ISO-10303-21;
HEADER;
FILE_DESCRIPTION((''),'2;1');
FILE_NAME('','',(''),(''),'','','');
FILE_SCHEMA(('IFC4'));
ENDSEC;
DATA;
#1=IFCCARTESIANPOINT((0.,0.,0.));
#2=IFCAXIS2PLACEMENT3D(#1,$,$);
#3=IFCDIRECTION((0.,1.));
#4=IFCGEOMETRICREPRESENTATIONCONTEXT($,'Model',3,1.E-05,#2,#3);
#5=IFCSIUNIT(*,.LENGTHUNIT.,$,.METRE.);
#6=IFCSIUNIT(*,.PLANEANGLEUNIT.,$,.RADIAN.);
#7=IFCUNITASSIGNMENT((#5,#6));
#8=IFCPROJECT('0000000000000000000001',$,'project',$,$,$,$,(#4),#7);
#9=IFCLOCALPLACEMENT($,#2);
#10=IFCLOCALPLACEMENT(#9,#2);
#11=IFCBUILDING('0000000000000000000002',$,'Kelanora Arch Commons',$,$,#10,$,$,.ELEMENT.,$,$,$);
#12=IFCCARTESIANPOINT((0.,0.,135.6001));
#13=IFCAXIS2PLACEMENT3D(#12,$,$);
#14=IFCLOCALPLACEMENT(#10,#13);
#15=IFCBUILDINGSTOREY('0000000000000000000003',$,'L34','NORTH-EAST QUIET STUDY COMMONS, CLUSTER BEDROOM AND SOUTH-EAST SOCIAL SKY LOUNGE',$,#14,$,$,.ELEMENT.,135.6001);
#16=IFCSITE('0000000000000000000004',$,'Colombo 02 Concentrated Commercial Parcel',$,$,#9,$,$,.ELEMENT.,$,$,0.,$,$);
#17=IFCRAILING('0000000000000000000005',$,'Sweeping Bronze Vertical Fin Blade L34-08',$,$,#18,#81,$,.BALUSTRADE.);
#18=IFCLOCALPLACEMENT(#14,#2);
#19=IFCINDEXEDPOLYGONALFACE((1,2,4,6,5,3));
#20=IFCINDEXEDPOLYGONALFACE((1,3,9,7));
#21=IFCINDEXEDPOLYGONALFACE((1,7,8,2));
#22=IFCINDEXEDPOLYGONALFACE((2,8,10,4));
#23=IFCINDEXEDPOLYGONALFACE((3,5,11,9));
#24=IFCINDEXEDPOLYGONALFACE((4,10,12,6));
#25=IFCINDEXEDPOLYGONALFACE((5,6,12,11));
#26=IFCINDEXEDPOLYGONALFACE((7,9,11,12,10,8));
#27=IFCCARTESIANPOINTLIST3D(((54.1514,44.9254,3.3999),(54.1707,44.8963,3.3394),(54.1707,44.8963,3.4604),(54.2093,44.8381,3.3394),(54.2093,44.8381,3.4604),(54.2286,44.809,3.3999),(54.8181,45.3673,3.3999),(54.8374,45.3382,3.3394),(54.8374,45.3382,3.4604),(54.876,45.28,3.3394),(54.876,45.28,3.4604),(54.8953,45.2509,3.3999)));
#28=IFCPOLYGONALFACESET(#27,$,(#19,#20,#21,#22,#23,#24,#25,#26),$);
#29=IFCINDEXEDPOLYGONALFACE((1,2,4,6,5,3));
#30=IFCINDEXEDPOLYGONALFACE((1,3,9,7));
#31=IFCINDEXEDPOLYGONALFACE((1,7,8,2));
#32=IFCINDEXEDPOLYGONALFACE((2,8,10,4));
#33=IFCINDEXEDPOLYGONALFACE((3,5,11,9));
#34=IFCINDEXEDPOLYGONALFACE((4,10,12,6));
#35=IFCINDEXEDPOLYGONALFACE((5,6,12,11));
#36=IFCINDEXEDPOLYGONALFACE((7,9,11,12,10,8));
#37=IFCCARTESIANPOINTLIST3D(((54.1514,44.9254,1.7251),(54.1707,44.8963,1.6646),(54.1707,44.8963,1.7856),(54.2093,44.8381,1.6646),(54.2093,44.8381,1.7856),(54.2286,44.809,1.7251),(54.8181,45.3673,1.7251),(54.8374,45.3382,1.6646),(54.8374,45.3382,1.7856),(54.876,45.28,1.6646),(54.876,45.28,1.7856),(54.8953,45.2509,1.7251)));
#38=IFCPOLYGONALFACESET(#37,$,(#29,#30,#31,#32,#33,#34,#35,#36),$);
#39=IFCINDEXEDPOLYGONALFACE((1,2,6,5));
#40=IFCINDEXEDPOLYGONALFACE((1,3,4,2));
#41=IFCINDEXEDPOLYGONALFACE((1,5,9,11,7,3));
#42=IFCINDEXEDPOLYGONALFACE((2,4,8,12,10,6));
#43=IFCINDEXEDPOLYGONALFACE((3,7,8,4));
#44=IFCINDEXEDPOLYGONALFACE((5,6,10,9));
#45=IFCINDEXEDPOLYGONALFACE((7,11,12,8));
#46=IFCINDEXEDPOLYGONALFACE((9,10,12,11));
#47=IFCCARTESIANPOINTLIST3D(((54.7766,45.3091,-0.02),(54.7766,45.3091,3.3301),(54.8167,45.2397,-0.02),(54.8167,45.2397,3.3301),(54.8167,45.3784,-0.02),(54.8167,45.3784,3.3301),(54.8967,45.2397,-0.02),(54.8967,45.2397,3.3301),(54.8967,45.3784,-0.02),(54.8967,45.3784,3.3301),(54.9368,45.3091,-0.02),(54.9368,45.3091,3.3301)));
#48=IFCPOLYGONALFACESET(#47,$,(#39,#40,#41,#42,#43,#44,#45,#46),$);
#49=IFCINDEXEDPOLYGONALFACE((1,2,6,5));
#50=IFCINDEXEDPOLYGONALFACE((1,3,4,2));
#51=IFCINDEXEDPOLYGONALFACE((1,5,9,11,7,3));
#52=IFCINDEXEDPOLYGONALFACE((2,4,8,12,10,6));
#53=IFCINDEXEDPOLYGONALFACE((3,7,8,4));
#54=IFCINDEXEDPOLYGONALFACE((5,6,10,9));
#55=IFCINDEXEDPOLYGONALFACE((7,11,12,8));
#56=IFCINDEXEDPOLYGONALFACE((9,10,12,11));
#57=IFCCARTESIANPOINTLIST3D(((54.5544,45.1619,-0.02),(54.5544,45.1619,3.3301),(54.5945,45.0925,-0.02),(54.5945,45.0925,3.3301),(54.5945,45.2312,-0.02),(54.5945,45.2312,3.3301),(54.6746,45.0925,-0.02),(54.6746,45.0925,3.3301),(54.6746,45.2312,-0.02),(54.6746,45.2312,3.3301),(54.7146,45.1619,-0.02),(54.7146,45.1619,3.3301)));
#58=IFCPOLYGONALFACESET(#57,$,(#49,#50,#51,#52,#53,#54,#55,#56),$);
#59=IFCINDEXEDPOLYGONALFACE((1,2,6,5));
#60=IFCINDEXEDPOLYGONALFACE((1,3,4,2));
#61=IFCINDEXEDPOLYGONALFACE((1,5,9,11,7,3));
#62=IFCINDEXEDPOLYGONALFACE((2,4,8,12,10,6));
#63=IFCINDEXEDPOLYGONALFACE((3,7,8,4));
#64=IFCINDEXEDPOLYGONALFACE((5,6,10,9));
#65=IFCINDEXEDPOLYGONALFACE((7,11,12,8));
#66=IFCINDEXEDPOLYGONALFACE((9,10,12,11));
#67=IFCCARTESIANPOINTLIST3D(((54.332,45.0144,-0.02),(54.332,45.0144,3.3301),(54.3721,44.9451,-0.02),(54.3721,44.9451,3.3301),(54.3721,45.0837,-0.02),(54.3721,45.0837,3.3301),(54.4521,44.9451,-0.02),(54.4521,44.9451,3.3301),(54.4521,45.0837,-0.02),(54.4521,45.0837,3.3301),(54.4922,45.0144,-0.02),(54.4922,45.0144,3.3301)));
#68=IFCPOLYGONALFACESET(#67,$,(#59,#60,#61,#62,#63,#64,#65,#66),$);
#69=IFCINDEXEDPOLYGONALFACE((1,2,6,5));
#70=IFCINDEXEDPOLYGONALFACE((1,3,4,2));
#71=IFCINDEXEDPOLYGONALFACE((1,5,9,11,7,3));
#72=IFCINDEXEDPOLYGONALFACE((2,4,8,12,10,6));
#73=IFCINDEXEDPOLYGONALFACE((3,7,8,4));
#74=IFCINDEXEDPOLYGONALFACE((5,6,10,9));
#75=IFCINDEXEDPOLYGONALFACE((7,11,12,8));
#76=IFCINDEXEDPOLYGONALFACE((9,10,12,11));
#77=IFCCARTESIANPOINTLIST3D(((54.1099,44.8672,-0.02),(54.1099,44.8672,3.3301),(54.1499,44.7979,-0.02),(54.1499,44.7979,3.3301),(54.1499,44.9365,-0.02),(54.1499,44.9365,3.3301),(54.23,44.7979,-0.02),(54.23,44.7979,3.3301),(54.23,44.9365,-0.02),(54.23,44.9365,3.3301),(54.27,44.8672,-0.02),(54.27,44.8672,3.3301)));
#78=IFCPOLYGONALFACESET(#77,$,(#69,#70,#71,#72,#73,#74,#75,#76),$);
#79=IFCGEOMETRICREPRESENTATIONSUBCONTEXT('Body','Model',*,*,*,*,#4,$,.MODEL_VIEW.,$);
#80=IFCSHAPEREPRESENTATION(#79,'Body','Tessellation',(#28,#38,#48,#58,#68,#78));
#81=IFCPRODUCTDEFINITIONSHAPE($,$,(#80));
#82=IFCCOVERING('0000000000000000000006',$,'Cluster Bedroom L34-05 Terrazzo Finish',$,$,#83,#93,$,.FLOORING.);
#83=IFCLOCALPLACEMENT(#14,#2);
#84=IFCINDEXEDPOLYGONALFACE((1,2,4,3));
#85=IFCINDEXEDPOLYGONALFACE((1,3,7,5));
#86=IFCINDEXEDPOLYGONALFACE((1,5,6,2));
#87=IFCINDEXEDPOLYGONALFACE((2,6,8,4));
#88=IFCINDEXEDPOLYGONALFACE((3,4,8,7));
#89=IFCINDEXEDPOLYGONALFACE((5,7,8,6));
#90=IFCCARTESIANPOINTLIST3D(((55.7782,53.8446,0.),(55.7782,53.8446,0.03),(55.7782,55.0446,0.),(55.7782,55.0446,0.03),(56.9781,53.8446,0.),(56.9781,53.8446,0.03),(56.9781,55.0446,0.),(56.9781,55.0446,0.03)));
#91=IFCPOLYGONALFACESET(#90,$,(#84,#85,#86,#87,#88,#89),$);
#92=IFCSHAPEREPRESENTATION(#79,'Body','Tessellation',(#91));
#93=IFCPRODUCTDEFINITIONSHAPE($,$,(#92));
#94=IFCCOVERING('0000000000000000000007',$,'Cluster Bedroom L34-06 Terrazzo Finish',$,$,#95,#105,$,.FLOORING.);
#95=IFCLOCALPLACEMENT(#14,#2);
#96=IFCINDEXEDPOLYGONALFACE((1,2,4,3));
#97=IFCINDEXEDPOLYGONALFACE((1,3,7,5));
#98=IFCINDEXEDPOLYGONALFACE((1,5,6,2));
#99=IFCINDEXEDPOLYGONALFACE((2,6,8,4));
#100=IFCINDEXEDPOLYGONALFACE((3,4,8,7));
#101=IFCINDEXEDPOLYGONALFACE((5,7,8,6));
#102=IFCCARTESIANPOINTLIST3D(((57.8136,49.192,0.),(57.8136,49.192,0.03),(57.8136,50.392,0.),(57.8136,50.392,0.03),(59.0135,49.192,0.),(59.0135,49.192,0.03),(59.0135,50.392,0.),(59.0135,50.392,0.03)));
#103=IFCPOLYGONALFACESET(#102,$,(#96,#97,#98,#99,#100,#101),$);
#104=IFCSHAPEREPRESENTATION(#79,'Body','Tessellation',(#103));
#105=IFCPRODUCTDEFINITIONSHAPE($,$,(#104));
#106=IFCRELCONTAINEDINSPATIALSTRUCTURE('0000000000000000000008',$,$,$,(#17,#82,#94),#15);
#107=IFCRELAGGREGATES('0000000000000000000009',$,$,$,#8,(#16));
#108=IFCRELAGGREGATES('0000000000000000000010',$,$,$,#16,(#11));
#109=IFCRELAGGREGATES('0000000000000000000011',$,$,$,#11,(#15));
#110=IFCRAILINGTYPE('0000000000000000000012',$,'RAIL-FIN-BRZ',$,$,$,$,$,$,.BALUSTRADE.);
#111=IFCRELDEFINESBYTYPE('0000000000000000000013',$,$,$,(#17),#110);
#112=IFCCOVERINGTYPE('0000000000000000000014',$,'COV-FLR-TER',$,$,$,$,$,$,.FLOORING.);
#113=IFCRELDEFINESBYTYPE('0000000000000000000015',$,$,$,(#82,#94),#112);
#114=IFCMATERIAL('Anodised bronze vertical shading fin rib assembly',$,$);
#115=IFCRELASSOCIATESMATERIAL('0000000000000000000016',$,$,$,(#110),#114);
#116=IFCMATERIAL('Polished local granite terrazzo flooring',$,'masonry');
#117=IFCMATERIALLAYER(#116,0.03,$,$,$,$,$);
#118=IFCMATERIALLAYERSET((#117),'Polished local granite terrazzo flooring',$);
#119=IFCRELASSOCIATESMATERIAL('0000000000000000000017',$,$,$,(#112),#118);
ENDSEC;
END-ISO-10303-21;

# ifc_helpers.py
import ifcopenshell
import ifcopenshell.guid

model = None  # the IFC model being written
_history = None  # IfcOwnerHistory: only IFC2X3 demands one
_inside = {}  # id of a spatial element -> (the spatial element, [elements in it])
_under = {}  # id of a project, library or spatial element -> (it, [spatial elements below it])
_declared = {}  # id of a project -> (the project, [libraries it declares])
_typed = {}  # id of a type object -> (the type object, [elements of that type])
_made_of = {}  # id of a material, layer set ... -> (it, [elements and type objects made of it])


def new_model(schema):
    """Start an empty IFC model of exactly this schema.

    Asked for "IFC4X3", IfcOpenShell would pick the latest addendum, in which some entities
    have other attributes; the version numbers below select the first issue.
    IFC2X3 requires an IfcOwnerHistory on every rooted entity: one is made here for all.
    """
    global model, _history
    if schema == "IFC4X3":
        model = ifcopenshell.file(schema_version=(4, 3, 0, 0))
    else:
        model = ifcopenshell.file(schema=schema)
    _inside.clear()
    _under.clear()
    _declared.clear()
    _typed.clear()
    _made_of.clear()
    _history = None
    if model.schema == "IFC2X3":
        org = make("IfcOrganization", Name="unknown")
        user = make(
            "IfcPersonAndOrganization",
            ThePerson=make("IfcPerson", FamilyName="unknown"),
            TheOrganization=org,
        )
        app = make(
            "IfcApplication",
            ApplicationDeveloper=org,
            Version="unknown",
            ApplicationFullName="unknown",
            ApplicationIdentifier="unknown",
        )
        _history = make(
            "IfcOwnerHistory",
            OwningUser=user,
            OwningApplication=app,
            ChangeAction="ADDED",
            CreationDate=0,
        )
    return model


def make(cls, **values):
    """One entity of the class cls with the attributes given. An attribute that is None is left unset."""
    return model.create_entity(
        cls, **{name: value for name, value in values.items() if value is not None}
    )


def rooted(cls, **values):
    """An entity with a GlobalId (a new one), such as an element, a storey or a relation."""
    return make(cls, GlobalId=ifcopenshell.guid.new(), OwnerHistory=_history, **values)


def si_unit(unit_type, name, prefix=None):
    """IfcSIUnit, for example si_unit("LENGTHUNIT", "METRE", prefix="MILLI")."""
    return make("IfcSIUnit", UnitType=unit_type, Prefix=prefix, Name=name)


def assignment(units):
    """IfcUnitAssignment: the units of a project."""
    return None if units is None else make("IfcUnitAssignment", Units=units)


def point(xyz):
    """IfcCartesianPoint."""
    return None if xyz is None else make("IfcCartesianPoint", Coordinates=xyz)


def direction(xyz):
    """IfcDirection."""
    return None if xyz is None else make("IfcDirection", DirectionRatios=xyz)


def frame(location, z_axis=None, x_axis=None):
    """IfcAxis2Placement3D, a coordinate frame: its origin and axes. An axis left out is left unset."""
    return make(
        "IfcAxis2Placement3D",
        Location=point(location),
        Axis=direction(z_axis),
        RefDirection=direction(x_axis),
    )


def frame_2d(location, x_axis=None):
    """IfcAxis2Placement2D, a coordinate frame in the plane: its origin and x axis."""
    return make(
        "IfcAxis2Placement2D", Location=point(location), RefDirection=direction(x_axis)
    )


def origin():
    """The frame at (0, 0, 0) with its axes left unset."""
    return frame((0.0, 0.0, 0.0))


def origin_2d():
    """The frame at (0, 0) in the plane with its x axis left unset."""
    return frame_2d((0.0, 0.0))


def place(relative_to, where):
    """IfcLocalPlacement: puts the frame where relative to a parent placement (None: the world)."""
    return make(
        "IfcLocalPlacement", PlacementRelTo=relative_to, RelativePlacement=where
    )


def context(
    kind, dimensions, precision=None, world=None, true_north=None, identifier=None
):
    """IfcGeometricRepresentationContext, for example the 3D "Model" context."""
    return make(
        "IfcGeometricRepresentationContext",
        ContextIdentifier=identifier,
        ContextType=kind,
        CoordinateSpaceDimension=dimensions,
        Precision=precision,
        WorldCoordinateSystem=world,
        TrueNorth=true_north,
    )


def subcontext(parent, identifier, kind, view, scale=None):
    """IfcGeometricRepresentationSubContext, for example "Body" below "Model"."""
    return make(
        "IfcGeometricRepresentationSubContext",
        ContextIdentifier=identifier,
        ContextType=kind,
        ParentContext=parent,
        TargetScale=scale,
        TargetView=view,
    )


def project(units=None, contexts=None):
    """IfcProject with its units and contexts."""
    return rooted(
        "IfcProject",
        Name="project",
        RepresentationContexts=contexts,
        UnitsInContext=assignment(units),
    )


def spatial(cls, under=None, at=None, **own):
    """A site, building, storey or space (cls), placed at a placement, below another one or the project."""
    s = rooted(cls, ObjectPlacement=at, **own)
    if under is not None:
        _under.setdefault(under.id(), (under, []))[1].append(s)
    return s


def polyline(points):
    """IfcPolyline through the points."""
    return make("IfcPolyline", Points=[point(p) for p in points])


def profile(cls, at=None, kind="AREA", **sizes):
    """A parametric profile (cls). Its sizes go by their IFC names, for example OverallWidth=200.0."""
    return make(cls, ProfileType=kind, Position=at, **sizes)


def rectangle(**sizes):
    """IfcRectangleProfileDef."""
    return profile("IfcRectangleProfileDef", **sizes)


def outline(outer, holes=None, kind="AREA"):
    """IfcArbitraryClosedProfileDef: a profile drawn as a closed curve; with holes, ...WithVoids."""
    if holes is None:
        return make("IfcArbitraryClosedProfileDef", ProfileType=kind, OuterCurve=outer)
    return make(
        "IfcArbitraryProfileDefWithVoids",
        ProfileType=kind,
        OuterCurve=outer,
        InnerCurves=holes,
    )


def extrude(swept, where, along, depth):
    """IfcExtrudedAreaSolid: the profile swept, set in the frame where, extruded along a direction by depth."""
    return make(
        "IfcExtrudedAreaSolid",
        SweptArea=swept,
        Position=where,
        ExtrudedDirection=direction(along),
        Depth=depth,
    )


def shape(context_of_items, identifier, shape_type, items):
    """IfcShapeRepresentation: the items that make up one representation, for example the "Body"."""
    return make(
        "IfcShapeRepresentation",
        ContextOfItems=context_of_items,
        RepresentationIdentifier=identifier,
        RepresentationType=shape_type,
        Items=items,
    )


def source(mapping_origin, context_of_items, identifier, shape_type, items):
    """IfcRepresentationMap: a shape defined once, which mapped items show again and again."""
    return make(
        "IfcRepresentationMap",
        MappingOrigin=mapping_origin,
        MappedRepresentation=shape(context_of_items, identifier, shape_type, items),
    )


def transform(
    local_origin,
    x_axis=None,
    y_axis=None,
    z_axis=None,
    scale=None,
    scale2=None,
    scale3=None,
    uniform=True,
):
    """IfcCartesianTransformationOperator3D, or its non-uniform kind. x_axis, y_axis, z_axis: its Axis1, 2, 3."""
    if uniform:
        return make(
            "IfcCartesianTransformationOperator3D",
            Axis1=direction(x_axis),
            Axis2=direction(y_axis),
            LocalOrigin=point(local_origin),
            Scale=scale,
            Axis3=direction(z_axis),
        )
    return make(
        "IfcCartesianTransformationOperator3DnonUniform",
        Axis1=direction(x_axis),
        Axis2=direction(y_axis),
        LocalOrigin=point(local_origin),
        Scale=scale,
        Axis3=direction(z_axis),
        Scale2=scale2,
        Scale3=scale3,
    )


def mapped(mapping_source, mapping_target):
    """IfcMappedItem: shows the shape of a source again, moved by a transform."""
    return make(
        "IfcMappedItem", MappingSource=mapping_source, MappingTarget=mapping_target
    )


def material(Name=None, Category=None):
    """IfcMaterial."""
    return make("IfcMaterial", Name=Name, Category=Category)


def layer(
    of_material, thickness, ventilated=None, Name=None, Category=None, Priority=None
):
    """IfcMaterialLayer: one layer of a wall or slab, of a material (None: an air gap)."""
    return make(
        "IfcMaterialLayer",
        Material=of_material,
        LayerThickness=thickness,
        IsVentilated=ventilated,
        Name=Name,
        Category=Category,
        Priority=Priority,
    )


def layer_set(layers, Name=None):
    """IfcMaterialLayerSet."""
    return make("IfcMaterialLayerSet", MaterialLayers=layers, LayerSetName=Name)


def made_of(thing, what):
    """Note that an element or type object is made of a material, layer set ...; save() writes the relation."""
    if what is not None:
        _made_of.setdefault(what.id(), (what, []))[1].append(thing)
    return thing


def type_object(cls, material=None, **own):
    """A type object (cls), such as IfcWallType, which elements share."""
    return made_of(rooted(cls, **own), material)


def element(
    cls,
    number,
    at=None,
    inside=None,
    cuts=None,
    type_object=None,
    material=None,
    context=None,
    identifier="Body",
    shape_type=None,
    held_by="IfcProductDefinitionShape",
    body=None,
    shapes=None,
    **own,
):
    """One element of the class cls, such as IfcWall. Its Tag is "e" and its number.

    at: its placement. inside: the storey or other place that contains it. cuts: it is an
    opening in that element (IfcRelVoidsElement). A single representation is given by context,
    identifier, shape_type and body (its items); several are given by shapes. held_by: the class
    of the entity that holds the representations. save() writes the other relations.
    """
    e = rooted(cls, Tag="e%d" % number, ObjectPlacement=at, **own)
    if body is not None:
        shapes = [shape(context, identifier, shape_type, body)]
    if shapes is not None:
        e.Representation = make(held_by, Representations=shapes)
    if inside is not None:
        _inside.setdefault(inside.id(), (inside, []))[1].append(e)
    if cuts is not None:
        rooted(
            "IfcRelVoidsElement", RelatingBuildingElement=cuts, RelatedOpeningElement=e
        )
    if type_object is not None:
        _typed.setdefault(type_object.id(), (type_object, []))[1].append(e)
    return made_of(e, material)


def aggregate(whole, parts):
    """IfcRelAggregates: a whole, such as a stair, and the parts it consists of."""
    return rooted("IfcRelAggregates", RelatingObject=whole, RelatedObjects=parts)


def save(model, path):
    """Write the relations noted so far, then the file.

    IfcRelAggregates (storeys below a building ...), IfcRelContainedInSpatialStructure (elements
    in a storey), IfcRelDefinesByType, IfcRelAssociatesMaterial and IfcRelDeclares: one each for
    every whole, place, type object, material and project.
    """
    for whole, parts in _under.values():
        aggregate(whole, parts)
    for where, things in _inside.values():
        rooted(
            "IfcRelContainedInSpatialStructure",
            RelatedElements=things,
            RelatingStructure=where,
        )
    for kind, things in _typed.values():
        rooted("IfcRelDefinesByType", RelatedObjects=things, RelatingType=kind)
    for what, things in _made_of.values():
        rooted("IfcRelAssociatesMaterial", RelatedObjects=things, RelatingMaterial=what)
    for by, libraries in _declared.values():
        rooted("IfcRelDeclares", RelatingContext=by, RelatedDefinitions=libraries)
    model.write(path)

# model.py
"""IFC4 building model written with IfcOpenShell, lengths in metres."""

from ifc_helpers import new_model, si_unit, direction, frame, origin, origin_2d, place, context, subcontext, project, spatial, polyline, rectangle, outline, extrude, source, transform, mapped, material, layer, layer_set, type_object, element, save


model = new_model("IFC4")

# Units and contexts
model_context = context("Model", 3, precision=1e-05, world=origin(), true_north=direction((0.0, 1.0)))
body_context = subcontext(model_context, "Body", "Model", "MODEL_VIEW")
ifc_project = project(units=[si_unit("LENGTHUNIT", "METRE"), si_unit("PLANEANGLEUNIT", "RADIAN")], contexts=[model_context])

# Site, building, storey
site_placement = place(None, origin())
site = spatial("IfcSite", under=ifc_project, at=site_placement, Name="Colombo 02 Concentrated Commercial Parcel", CompositionType="ELEMENT", RefElevation=0.0)
building_placement = place(site_placement, origin())
building = spatial("IfcBuilding", under=site, at=building_placement, Name="Kelanora Arch Commons", CompositionType="ELEMENT")
storey_placement = place(building_placement, frame((0.0, 0.0, 135.6001)))
storey = spatial("IfcBuildingStorey", under=building, at=storey_placement, Name="L34", Description="NORTH-EAST QUIET STUDY COMMONS, CLUSTER BEDROOM AND SOUTH-EAST SOCIAL SKY LOUNGE", CompositionType="ELEMENT", Elevation=135.6001)

# Railing
ifc_material_1 = material(Name="Anodised bronze vertical shading fin rib assembly")
railing_type = type_object("IfcRailingType", Name="RAIL-FIN-BRZ", PredefinedType="BALUSTRADE", material=ifc_material_1)
railing_placement = place(storey_placement, frame((54.8567, 45.3091, -0.02)))
element("IfcRailing", 1, at=railing_placement, inside=storey, type_object=railing_type, Name="Sweeping Bronze Vertical Fin Blade L34-08", PredefinedType="BALUSTRADE", context=body_context, shape_type="SweptSolid", body=[
    extrude(outline(polyline([(0.0698, 0.0), (0.0349, 0.0605), (-0.0349, 0.0605), (-0.0698, 0.0), (-0.0349, -0.0605), (0.0349, -0.0605), (0.0698, 0.0)])), frame((0.0, 0.0, 3.4199), z_axis=(-0.83355, -0.552444, 0.0), x_axis=(0.552444, -0.83355, 0.0)), (0.0, 0.0, 1.0), 0.7998),
    extrude(outline(polyline([(0.0698, 0.0), (0.0349, 0.0605), (-0.0349, 0.0605), (-0.0698, 0.0), (-0.0349, -0.0605), (0.0349, -0.0605), (0.0698, 0.0)])), frame((0.0, 0.0, 1.7451), z_axis=(-0.83355, -0.552444, 0.0), x_axis=(0.552444, -0.83355, 0.0)), (0.0, 0.0, 1.0), 0.7998),
    extrude(outline(polyline([(0.0801, 0.0), (0.04, 0.0693), (-0.04, 0.0693), (-0.0801, 0.0), (-0.04, -0.0693), (0.04, -0.0693), (0.0801, 0.0)])), origin(), (0.0, 0.0, 1.0), 3.3501),
    extrude(outline(polyline([(0.0801, 0.0), (0.04, 0.0693), (-0.04, 0.0693), (-0.0801, 0.0), (-0.04, -0.0693), (0.04, -0.0693), (0.0801, 0.0)])), frame((-0.2222, -0.1472, 0.0)), (0.0, 0.0, 1.0), 3.3501),
    extrude(outline(polyline([(0.0801, 0.0), (0.04, 0.0693), (-0.04, 0.0693), (-0.0801, 0.0), (-0.04, -0.0693), (0.04, -0.0693), (0.0801, 0.0)])), frame((-0.4446, -0.2947, 0.0)), (0.0, 0.0, 1.0), 3.3501),
    extrude(outline(polyline([(0.0801, 0.0), (0.04, 0.0693), (-0.04, 0.0693), (-0.0801, 0.0), (-0.04, -0.0693), (0.04, -0.0693), (0.0801, 0.0)])), frame((-0.6667, -0.4419, 0.0)), (0.0, 0.0, 1.0), 3.3501),
])

# Coverings
ifc_material_2 = material(Name="Polished local granite terrazzo flooring", Category="masonry")
ifc_layer_1 = layer(ifc_material_2, 0.03)
ifc_layer_set_1 = layer_set([ifc_layer_1], Name="Polished local granite terrazzo flooring")
covering_type = type_object("IfcCoveringType", Name="COV-FLR-TER", PredefinedType="FLOORING", material=ifc_layer_set_1)
shared_shape_1 = source(origin(), body_context, "Body", "SweptSolid", [
    extrude(rectangle(XDim=1.2, YDim=1.2, at=origin_2d()), origin(), (0.0, 0.0, 1.0), 0.03),
])
for number, where, z_axis, x_axis, name in (
    (2, (56.3782, 54.4446, 0.0), (0.0, 0.0, 1.0), (1.0, 0.0, 0.0), "Cluster Bedroom L34-05 Terrazzo Finish"),
    (3, (58.4136, 49.792, 0.0), (0.0, 0.0, 1.0), (1.0, 0.0, 0.0), "Cluster Bedroom L34-06 Terrazzo Finish"),
):
    element("IfcCovering", number, at=place(storey_placement, frame(where, z_axis=z_axis, x_axis=x_axis)), inside=storey, type_object=covering_type, Name=name, PredefinedType="FLOORING", context=body_context, shape_type="MappedRepresentation", body=[
        mapped(shared_shape_1, transform((0.0, 0.0, 0.0), scale=1.0)),
    ])

save(model, "model.ifc")
